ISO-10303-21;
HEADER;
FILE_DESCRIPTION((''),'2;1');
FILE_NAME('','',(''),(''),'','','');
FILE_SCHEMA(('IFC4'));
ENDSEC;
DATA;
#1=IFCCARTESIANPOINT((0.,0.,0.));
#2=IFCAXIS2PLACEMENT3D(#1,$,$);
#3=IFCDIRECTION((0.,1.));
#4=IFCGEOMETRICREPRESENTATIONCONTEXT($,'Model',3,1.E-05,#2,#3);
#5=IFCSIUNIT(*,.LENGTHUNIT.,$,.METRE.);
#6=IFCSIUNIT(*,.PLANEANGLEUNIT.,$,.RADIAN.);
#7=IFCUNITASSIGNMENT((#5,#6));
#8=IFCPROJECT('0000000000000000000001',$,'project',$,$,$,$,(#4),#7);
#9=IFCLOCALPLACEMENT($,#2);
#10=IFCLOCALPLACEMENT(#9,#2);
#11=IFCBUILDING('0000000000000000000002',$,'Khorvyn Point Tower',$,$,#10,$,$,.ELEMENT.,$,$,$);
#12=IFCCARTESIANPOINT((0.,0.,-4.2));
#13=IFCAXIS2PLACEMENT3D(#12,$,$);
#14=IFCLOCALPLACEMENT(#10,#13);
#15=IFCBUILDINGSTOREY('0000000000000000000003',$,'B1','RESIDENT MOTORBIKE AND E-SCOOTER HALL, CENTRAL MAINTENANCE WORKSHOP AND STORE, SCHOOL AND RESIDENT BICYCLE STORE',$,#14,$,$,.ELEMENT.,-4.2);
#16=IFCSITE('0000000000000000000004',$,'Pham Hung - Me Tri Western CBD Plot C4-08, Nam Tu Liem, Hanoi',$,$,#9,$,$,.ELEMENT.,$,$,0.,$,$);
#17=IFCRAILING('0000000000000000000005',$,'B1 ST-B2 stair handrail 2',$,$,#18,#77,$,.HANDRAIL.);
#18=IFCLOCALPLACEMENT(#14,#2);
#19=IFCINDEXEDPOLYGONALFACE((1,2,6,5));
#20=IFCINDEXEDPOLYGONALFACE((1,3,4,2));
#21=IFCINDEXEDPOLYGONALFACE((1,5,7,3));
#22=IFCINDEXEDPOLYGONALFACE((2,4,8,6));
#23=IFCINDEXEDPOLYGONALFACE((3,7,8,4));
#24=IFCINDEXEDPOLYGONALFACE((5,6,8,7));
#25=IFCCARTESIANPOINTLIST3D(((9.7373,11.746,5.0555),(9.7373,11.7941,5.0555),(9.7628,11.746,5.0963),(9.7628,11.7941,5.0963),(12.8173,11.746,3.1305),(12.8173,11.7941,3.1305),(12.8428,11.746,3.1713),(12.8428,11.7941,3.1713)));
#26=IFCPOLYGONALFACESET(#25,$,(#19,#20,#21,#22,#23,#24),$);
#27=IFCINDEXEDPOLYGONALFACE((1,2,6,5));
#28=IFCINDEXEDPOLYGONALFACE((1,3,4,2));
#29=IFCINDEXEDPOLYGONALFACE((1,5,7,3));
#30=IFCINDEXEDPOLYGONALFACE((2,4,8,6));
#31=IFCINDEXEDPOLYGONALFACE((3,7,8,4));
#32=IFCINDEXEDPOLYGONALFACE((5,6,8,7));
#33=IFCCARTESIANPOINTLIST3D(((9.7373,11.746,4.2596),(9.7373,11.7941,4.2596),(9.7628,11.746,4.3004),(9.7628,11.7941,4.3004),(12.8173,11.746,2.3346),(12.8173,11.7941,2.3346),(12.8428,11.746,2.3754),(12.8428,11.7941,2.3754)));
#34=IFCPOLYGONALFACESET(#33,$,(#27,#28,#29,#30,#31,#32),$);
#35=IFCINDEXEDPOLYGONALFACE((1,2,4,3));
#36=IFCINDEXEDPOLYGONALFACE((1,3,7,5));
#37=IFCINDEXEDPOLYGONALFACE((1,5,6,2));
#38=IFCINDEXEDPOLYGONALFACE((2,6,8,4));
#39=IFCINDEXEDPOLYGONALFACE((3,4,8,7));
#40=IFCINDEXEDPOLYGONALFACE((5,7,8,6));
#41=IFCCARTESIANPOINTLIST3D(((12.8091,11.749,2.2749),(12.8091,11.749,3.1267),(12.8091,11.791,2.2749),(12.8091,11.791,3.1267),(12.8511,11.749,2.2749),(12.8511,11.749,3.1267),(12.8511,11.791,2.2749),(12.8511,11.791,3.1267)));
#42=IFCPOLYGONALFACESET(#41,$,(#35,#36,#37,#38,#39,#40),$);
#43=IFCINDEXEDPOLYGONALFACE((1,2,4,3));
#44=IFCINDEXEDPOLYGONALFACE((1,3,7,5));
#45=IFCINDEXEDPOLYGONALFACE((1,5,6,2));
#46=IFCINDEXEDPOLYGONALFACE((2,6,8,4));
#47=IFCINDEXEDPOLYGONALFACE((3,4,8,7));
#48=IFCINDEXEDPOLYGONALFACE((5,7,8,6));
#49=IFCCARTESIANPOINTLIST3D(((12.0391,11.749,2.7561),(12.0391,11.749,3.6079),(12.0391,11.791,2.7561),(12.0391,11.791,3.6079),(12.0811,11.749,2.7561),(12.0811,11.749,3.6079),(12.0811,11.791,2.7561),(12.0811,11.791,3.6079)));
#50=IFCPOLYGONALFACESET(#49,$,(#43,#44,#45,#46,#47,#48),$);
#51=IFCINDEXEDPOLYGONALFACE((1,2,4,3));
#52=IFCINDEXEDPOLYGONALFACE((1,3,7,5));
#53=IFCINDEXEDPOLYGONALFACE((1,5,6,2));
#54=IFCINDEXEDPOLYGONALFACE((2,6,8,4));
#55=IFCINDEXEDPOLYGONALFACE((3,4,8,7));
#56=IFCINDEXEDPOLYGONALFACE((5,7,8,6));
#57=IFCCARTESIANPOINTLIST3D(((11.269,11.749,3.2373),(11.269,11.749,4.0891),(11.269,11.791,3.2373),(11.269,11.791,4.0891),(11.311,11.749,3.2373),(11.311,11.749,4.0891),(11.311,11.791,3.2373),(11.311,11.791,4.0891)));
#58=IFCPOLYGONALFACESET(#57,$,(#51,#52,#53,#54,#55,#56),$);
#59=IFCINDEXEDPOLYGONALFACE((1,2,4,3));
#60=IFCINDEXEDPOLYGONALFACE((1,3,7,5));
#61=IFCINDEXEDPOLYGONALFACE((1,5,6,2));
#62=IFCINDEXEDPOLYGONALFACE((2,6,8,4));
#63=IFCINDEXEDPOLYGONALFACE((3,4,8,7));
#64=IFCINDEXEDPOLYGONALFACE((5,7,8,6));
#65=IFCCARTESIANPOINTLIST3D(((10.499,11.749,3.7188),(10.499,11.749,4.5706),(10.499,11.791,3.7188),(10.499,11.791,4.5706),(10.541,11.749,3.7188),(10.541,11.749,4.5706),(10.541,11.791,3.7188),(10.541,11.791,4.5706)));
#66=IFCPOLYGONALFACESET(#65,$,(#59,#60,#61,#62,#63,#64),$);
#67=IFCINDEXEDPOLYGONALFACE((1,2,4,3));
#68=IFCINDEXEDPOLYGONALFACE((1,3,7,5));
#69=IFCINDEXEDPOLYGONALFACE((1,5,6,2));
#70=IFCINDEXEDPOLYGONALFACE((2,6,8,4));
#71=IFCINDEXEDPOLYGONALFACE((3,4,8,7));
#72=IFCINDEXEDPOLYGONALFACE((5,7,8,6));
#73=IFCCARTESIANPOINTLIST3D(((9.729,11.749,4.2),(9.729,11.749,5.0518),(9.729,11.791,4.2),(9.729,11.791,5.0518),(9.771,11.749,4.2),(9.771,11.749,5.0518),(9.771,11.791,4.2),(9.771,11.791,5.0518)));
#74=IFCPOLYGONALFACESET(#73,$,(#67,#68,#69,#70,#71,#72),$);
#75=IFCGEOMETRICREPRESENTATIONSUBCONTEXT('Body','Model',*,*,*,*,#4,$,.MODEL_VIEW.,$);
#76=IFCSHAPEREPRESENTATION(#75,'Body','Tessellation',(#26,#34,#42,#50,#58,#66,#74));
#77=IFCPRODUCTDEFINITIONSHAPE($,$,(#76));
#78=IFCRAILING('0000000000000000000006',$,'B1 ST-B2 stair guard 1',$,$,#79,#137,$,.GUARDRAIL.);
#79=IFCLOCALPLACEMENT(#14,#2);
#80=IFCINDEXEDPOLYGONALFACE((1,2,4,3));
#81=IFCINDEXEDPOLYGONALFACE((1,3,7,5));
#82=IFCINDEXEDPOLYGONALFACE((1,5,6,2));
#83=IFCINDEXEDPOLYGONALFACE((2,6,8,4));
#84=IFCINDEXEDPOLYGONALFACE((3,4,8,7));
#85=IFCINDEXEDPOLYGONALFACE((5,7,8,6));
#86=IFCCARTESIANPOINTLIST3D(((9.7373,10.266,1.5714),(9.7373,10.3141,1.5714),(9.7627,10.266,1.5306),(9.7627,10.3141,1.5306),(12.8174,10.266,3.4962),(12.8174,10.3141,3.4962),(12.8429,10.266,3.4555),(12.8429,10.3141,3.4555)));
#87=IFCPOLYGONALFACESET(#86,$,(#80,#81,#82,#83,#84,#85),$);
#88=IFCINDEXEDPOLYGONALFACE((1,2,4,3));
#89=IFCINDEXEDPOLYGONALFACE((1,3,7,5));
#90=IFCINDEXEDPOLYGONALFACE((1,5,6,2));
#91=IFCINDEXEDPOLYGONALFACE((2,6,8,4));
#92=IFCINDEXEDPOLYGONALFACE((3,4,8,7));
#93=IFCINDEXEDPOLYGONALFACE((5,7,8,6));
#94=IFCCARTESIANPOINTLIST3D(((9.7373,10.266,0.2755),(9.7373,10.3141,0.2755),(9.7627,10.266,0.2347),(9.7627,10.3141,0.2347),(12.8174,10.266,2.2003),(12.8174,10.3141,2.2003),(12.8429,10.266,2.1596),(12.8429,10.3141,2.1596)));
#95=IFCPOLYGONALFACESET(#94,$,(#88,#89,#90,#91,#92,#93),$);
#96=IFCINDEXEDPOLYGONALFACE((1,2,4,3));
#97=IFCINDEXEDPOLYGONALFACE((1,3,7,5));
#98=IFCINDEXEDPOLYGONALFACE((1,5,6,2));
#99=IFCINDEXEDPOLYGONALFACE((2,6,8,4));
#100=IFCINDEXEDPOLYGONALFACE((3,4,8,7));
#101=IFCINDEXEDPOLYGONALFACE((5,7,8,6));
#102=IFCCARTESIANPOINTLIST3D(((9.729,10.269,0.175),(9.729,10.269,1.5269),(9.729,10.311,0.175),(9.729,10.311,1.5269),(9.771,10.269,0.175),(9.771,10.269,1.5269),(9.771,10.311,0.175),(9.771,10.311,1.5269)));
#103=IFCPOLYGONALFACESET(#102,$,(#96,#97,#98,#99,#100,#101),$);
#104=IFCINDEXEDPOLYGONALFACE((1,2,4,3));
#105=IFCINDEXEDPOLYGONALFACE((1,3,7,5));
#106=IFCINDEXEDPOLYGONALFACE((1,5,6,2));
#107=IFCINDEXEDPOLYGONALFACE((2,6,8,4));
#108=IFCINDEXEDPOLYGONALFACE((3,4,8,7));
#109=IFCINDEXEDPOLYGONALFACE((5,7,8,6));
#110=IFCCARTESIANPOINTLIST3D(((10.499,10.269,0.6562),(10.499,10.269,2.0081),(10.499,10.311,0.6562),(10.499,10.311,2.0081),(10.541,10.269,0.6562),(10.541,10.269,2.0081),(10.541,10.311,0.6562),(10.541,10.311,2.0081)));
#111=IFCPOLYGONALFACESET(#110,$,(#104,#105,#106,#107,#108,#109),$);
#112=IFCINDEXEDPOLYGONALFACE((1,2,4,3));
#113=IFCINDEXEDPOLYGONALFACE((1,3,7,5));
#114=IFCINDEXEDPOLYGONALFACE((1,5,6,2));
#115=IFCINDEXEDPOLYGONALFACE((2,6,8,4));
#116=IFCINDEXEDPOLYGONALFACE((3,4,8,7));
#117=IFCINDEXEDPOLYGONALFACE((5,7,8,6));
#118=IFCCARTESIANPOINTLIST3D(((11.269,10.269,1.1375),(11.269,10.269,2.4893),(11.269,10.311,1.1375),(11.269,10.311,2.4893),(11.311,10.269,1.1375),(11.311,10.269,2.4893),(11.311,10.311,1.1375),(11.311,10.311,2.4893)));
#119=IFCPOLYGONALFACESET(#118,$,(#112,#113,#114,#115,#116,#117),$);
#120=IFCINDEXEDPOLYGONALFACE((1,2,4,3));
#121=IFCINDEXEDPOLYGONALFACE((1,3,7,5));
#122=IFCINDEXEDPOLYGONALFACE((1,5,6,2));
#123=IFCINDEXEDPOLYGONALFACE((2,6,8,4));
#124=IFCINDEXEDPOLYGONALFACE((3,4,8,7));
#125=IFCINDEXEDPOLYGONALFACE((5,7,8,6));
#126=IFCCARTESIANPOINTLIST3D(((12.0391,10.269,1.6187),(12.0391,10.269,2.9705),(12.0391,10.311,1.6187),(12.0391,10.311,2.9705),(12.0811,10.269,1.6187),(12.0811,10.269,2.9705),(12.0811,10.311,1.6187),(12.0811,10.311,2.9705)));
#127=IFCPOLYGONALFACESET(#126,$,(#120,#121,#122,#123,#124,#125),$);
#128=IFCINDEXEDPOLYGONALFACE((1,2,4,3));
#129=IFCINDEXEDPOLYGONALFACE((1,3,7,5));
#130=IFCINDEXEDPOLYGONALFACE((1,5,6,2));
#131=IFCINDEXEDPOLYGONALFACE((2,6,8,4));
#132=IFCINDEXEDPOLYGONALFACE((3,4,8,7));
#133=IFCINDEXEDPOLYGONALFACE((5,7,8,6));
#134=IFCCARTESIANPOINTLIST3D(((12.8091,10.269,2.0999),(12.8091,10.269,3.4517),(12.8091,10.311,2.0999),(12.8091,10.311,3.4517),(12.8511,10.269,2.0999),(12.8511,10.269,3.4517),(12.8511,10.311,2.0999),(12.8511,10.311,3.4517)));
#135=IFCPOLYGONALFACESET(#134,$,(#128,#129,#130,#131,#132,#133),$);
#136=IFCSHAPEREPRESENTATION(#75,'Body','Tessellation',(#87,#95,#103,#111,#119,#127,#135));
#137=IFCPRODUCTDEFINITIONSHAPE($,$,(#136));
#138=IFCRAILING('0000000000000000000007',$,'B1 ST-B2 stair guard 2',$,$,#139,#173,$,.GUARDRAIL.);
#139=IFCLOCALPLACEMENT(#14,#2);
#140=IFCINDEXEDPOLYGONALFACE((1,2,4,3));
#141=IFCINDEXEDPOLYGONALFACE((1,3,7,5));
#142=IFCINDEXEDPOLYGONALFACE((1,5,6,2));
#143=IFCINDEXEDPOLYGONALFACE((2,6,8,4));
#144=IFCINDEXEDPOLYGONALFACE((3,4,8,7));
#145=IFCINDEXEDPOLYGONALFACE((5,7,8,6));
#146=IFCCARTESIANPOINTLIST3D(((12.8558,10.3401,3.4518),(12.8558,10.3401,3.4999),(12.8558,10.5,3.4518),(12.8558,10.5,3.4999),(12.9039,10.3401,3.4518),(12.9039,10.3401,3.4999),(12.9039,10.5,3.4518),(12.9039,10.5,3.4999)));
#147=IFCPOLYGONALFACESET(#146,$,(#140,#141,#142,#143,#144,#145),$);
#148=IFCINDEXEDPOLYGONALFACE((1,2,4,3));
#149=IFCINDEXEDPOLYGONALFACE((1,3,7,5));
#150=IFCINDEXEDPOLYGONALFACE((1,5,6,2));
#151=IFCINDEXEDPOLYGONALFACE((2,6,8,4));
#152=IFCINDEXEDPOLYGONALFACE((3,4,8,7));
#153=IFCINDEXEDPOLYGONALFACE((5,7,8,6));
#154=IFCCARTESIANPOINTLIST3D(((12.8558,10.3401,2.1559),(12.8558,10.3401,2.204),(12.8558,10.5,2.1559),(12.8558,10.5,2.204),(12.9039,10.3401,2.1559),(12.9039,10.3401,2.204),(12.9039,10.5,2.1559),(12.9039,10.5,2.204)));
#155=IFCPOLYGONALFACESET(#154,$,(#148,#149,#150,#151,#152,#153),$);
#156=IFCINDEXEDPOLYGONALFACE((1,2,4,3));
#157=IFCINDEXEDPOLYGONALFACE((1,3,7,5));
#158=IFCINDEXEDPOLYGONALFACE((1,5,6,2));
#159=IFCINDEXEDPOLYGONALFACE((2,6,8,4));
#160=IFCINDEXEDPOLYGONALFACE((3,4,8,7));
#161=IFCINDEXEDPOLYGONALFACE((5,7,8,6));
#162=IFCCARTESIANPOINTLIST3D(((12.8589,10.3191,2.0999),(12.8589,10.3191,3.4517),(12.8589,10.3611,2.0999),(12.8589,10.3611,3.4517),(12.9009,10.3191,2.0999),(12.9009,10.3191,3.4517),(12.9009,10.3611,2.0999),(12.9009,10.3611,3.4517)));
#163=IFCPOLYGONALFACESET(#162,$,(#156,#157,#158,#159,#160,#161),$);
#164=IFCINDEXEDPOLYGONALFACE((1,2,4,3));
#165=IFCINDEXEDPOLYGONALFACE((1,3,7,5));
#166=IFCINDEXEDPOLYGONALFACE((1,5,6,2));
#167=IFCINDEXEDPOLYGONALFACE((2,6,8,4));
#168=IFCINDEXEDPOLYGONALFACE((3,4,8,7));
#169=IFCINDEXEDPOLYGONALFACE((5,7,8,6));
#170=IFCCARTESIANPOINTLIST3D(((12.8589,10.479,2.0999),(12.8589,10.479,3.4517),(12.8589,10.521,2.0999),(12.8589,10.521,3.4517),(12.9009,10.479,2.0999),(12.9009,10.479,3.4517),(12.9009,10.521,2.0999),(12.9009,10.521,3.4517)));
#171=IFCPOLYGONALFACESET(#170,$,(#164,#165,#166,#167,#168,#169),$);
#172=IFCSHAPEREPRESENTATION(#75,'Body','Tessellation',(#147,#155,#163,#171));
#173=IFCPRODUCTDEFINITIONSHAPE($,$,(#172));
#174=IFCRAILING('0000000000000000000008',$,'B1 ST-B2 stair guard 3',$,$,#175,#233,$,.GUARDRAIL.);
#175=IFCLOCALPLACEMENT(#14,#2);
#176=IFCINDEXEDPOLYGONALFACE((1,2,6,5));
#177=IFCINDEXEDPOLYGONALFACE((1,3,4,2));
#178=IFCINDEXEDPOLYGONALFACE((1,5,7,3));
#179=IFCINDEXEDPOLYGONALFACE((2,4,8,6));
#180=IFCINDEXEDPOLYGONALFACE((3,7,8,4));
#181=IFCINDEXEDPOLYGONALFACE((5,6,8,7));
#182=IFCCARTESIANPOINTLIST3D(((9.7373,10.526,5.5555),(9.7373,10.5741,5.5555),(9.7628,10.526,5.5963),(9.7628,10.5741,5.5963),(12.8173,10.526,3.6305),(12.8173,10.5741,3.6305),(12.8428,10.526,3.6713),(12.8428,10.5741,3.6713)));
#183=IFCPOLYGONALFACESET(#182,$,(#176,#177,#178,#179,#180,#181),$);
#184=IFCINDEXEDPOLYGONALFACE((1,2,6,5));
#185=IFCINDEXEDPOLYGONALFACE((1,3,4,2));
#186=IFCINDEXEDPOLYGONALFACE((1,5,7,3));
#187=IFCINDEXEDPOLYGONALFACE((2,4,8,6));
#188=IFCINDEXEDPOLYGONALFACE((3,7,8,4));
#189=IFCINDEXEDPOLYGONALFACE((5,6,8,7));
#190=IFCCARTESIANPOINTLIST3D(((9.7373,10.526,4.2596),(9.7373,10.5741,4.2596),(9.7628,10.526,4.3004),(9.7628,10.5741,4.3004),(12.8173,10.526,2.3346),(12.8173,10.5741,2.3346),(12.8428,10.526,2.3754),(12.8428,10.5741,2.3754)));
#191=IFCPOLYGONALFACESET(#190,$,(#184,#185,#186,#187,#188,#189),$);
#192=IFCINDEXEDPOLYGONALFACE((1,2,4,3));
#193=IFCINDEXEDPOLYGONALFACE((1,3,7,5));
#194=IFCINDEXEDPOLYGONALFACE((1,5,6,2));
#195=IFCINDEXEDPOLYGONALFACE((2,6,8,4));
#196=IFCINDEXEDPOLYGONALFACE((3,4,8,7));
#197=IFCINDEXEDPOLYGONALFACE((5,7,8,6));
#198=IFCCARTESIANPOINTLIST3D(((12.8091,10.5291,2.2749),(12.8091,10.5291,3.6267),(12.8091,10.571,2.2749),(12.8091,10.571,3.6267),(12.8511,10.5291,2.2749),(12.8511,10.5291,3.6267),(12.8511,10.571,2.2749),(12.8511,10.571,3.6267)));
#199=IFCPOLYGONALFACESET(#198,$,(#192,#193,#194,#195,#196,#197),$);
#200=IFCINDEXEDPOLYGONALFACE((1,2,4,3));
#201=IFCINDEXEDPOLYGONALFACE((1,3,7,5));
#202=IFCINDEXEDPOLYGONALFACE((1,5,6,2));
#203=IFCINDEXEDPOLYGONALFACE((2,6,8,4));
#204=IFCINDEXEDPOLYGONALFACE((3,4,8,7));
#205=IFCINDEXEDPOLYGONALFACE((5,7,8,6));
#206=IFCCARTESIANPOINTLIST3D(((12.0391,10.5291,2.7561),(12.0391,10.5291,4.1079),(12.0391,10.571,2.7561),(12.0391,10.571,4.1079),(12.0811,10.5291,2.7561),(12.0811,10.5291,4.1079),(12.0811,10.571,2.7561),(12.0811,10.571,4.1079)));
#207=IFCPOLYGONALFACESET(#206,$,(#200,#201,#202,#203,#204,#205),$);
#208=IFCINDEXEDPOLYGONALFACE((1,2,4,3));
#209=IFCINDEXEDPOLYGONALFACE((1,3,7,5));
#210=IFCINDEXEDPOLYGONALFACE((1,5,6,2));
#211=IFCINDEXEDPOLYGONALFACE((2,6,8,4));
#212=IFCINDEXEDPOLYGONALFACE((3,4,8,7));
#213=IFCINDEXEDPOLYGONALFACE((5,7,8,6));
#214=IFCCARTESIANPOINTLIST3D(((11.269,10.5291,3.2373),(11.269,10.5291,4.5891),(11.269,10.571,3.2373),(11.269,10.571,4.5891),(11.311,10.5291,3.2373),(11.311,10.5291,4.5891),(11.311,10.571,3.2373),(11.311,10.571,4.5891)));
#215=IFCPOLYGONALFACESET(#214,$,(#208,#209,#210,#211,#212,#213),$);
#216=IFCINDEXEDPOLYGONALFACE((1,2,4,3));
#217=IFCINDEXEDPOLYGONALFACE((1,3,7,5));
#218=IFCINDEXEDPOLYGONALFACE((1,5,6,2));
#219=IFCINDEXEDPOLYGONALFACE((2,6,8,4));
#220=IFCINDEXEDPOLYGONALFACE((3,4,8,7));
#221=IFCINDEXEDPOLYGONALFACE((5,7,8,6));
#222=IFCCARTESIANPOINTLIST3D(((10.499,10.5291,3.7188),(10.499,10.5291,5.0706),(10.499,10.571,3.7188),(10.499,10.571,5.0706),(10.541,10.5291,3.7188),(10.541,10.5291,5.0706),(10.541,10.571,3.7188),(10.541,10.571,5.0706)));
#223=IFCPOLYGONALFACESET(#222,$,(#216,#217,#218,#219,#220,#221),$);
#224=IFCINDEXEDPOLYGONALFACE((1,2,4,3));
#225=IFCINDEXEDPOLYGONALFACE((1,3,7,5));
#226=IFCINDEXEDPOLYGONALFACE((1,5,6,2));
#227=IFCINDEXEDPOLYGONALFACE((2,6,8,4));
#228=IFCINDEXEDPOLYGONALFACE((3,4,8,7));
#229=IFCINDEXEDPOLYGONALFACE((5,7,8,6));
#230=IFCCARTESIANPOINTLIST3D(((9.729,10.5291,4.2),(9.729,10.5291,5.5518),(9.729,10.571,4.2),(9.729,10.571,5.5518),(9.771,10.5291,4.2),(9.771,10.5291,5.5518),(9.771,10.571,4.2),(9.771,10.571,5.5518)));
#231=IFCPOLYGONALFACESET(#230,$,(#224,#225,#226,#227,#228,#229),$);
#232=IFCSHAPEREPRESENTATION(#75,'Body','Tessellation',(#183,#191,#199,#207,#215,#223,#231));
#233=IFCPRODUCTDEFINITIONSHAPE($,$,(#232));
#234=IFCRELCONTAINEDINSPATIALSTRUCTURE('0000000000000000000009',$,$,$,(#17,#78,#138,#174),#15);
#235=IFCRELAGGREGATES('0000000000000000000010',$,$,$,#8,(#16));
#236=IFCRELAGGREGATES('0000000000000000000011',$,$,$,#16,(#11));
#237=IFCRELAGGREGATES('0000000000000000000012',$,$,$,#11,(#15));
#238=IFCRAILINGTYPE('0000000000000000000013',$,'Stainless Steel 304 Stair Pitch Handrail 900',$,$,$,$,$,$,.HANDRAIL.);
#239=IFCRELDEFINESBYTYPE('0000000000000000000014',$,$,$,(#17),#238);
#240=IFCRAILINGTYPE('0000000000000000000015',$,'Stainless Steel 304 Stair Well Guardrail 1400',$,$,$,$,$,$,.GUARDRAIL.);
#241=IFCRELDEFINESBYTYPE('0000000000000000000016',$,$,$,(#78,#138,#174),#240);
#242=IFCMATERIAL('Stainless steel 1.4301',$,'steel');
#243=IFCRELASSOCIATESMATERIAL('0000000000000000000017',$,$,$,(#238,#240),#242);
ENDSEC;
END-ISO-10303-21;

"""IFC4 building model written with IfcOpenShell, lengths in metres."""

from ifc_helpers import new_model, si_unit, direction, frame, origin, origin_2d, place, context, subcontext, project, spatial, rectangle, extrude, material, type_object, element, save


model = new_model("IFC4")

# Units and contexts
model_context = context("Model", 3, precision=1e-05, world=origin(), true_north=direction((0.0, 1.0)))
body_context = subcontext(model_context, "Body", "Model", "MODEL_VIEW")
ifc_project = project(units=[si_unit("LENGTHUNIT", "METRE"), si_unit("PLANEANGLEUNIT", "RADIAN")], contexts=[model_context])

# Site, building, storey
site_placement = place(None, origin())
site = spatial("IfcSite", under=ifc_project, at=site_placement, Name="Pham Hung - Me Tri Western CBD Plot C4-08, Nam Tu Liem, Hanoi", CompositionType="ELEMENT", RefElevation=0.0)
building_placement = place(site_placement, origin())
building = spatial("IfcBuilding", under=site, at=building_placement, Name="Khorvyn Point Tower", CompositionType="ELEMENT")
storey_placement = place(building_placement, frame((0.0, 0.0, -4.2)))
storey = spatial("IfcBuildingStorey", under=building, at=storey_placement, Name="B1", Description="RESIDENT MOTORBIKE AND E-SCOOTER HALL, CENTRAL MAINTENANCE WORKSHOP AND STORE, SCHOOL AND RESIDENT BICYCLE STORE", CompositionType="ELEMENT", Elevation=-4.2)

# Railings
ifc_material_1 = material(Name="Stainless steel 1.4301", Category="steel")
railing_type_1 = type_object("IfcRailingType", Name="Stainless Steel 304 Stair Pitch Handrail 900", PredefinedType="HANDRAIL", material=ifc_material_1)
railing_1_placement = place(storey_placement, frame((12.8301, 11.77, 2.2749)))
element("IfcRailing", 1, at=railing_1_placement, inside=storey, type_object=railing_type_1, Name="B1 ST-B2 stair handrail 2", PredefinedType="HANDRAIL", context=body_context, shape_type="SweptSolid", body=[
    extrude(rectangle(XDim=0.0481, YDim=0.0481, at=origin_2d()), frame((0.0, 0.0, 0.876), z_axis=(-0.847998, 0.0, 0.529999), x_axis=(0.0, -1.0, 0.0)), (0.0, 0.0, 1.0), 3.6321),
    extrude(rectangle(XDim=0.0481, YDim=0.0481, at=origin_2d()), frame((0.0, 0.0, 0.0801), z_axis=(-0.847998, 0.0, 0.529999), x_axis=(0.0, -1.0, 0.0)), (0.0, 0.0, 1.0), 3.6321),
    extrude(rectangle(XDim=0.042, YDim=0.042, at=origin_2d()), origin(), (0.0, 0.0, 1.0), 0.8518),
    extrude(rectangle(XDim=0.042, YDim=0.042, at=origin_2d()), frame((-0.77, 0.0, 0.4812)), (0.0, 0.0, 1.0), 0.8518),
    extrude(rectangle(XDim=0.042, YDim=0.042, at=origin_2d()), frame((-1.54, 0.0, 0.9624)), (0.0, 0.0, 1.0), 0.8518),
    extrude(rectangle(XDim=0.042, YDim=0.042, at=origin_2d()), frame((-2.3101, 0.0, 1.4438)), (0.0, 0.0, 1.0), 0.8518),
    extrude(rectangle(XDim=0.042, YDim=0.042, at=origin_2d()), frame((-3.0801, 0.0, 1.925)), (0.0, 0.0, 1.0), 0.8518),
])
railing_type_2 = type_object("IfcRailingType", Name="Stainless Steel 304 Stair Well Guardrail 1400", PredefinedType="GUARDRAIL", material=ifc_material_1)
railing_2_placement = place(storey_placement, frame((9.75, 10.29, 0.175)))
element("IfcRailing", 2, at=railing_2_placement, inside=storey, type_object=railing_type_2, Name="B1 ST-B2 stair guard 1", PredefinedType="GUARDRAIL", context=body_context, shape_type="SweptSolid", body=[
    extrude(rectangle(XDim=0.0481, YDim=0.0481, at=origin_2d()), frame((0.0, 0.0, 1.376), z_axis=(0.848029, 0.0, 0.529951), x_axis=(0.0, 1.0, 0.0)), (0.0, 0.0, 1.0), 3.6321),
    extrude(rectangle(XDim=0.0481, YDim=0.0481, at=origin_2d()), frame((0.0, 0.0, 0.0801), z_axis=(0.848029, 0.0, 0.529951), x_axis=(0.0, 1.0, 0.0)), (0.0, 0.0, 1.0), 3.6321),
    extrude(rectangle(XDim=0.042, YDim=0.042, at=origin_2d()), origin(), (0.0, 0.0, 1.0), 1.3518),
    extrude(rectangle(XDim=0.042, YDim=0.042, at=origin_2d()), frame((0.77, 0.0, 0.4812)), (0.0, 0.0, 1.0), 1.3518),
    extrude(rectangle(XDim=0.042, YDim=0.042, at=origin_2d()), frame((1.54, 0.0, 0.9624)), (0.0, 0.0, 1.0), 1.3518),
    extrude(rectangle(XDim=0.042, YDim=0.042, at=origin_2d()), frame((2.3101, 0.0, 1.4436)), (0.0, 0.0, 1.0), 1.3518),
    extrude(rectangle(XDim=0.042, YDim=0.042, at=origin_2d()), frame((3.0801, 0.0, 1.9248)), (0.0, 0.0, 1.0), 1.3518),
])
railing_3_placement = place(storey_placement, frame((12.8799, 10.3401, 2.0999)))
element("IfcRailing", 3, at=railing_3_placement, inside=storey, type_object=railing_type_2, Name="B1 ST-B2 stair guard 2", PredefinedType="GUARDRAIL", context=body_context, shape_type="SweptSolid", body=[
    extrude(rectangle(XDim=0.0481, YDim=0.0481, at=origin_2d()), frame((0.0, 0.0, 1.376), z_axis=(0.0, 1.0, 0.0), x_axis=(-1.0, 0.0, 0.0)), (0.0, 0.0, 1.0), 0.1599),
    extrude(rectangle(XDim=0.0481, YDim=0.0481, at=origin_2d()), frame((0.0, 0.0, 0.0801), z_axis=(0.0, 1.0, 0.0), x_axis=(-1.0, 0.0, 0.0)), (0.0, 0.0, 1.0), 0.1599),
    extrude(rectangle(XDim=0.042, YDim=0.042, at=origin_2d()), origin(), (0.0, 0.0, 1.0), 1.3518),
    extrude(rectangle(XDim=0.042, YDim=0.042, at=origin_2d()), frame((0.0, 0.1599, 0.0)), (0.0, 0.0, 1.0), 1.3518),
])
railing_4_placement = place(storey_placement, frame((12.8301, 10.55, 2.2749)))
element("IfcRailing", 4, at=railing_4_placement, inside=storey, type_object=railing_type_2, Name="B1 ST-B2 stair guard 3", PredefinedType="GUARDRAIL", context=body_context, shape_type="SweptSolid", body=[
    extrude(rectangle(XDim=0.0481, YDim=0.0481, at=origin_2d()), frame((0.0, 0.0, 1.376), z_axis=(-0.847998, 0.0, 0.529999), x_axis=(0.0, -1.0, 0.0)), (0.0, 0.0, 1.0), 3.6321),
    extrude(rectangle(XDim=0.0481, YDim=0.0481, at=origin_2d()), frame((0.0, 0.0, 0.0801), z_axis=(-0.847998, 0.0, 0.529999), x_axis=(0.0, -1.0, 0.0)), (0.0, 0.0, 1.0), 3.6321),
    extrude(rectangle(XDim=0.042, YDim=0.042, at=origin_2d()), origin(), (0.0, 0.0, 1.0), 1.3518),
    extrude(rectangle(XDim=0.042, YDim=0.042, at=origin_2d()), frame((-0.77, 0.0, 0.4812)), (0.0, 0.0, 1.0), 1.3518),
    extrude(rectangle(XDim=0.042, YDim=0.042, at=origin_2d()), frame((-1.54, 0.0, 0.9624)), (0.0, 0.0, 1.0), 1.3518),
    extrude(rectangle(XDim=0.042, YDim=0.042, at=origin_2d()), frame((-2.3101, 0.0, 1.4438)), (0.0, 0.0, 1.0), 1.3518),
    extrude(rectangle(XDim=0.042, YDim=0.042, at=origin_2d()), frame((-3.0801, 0.0, 1.925)), (0.0, 0.0, 1.0), 1.3518),
])

save(model, "model.ifc")
